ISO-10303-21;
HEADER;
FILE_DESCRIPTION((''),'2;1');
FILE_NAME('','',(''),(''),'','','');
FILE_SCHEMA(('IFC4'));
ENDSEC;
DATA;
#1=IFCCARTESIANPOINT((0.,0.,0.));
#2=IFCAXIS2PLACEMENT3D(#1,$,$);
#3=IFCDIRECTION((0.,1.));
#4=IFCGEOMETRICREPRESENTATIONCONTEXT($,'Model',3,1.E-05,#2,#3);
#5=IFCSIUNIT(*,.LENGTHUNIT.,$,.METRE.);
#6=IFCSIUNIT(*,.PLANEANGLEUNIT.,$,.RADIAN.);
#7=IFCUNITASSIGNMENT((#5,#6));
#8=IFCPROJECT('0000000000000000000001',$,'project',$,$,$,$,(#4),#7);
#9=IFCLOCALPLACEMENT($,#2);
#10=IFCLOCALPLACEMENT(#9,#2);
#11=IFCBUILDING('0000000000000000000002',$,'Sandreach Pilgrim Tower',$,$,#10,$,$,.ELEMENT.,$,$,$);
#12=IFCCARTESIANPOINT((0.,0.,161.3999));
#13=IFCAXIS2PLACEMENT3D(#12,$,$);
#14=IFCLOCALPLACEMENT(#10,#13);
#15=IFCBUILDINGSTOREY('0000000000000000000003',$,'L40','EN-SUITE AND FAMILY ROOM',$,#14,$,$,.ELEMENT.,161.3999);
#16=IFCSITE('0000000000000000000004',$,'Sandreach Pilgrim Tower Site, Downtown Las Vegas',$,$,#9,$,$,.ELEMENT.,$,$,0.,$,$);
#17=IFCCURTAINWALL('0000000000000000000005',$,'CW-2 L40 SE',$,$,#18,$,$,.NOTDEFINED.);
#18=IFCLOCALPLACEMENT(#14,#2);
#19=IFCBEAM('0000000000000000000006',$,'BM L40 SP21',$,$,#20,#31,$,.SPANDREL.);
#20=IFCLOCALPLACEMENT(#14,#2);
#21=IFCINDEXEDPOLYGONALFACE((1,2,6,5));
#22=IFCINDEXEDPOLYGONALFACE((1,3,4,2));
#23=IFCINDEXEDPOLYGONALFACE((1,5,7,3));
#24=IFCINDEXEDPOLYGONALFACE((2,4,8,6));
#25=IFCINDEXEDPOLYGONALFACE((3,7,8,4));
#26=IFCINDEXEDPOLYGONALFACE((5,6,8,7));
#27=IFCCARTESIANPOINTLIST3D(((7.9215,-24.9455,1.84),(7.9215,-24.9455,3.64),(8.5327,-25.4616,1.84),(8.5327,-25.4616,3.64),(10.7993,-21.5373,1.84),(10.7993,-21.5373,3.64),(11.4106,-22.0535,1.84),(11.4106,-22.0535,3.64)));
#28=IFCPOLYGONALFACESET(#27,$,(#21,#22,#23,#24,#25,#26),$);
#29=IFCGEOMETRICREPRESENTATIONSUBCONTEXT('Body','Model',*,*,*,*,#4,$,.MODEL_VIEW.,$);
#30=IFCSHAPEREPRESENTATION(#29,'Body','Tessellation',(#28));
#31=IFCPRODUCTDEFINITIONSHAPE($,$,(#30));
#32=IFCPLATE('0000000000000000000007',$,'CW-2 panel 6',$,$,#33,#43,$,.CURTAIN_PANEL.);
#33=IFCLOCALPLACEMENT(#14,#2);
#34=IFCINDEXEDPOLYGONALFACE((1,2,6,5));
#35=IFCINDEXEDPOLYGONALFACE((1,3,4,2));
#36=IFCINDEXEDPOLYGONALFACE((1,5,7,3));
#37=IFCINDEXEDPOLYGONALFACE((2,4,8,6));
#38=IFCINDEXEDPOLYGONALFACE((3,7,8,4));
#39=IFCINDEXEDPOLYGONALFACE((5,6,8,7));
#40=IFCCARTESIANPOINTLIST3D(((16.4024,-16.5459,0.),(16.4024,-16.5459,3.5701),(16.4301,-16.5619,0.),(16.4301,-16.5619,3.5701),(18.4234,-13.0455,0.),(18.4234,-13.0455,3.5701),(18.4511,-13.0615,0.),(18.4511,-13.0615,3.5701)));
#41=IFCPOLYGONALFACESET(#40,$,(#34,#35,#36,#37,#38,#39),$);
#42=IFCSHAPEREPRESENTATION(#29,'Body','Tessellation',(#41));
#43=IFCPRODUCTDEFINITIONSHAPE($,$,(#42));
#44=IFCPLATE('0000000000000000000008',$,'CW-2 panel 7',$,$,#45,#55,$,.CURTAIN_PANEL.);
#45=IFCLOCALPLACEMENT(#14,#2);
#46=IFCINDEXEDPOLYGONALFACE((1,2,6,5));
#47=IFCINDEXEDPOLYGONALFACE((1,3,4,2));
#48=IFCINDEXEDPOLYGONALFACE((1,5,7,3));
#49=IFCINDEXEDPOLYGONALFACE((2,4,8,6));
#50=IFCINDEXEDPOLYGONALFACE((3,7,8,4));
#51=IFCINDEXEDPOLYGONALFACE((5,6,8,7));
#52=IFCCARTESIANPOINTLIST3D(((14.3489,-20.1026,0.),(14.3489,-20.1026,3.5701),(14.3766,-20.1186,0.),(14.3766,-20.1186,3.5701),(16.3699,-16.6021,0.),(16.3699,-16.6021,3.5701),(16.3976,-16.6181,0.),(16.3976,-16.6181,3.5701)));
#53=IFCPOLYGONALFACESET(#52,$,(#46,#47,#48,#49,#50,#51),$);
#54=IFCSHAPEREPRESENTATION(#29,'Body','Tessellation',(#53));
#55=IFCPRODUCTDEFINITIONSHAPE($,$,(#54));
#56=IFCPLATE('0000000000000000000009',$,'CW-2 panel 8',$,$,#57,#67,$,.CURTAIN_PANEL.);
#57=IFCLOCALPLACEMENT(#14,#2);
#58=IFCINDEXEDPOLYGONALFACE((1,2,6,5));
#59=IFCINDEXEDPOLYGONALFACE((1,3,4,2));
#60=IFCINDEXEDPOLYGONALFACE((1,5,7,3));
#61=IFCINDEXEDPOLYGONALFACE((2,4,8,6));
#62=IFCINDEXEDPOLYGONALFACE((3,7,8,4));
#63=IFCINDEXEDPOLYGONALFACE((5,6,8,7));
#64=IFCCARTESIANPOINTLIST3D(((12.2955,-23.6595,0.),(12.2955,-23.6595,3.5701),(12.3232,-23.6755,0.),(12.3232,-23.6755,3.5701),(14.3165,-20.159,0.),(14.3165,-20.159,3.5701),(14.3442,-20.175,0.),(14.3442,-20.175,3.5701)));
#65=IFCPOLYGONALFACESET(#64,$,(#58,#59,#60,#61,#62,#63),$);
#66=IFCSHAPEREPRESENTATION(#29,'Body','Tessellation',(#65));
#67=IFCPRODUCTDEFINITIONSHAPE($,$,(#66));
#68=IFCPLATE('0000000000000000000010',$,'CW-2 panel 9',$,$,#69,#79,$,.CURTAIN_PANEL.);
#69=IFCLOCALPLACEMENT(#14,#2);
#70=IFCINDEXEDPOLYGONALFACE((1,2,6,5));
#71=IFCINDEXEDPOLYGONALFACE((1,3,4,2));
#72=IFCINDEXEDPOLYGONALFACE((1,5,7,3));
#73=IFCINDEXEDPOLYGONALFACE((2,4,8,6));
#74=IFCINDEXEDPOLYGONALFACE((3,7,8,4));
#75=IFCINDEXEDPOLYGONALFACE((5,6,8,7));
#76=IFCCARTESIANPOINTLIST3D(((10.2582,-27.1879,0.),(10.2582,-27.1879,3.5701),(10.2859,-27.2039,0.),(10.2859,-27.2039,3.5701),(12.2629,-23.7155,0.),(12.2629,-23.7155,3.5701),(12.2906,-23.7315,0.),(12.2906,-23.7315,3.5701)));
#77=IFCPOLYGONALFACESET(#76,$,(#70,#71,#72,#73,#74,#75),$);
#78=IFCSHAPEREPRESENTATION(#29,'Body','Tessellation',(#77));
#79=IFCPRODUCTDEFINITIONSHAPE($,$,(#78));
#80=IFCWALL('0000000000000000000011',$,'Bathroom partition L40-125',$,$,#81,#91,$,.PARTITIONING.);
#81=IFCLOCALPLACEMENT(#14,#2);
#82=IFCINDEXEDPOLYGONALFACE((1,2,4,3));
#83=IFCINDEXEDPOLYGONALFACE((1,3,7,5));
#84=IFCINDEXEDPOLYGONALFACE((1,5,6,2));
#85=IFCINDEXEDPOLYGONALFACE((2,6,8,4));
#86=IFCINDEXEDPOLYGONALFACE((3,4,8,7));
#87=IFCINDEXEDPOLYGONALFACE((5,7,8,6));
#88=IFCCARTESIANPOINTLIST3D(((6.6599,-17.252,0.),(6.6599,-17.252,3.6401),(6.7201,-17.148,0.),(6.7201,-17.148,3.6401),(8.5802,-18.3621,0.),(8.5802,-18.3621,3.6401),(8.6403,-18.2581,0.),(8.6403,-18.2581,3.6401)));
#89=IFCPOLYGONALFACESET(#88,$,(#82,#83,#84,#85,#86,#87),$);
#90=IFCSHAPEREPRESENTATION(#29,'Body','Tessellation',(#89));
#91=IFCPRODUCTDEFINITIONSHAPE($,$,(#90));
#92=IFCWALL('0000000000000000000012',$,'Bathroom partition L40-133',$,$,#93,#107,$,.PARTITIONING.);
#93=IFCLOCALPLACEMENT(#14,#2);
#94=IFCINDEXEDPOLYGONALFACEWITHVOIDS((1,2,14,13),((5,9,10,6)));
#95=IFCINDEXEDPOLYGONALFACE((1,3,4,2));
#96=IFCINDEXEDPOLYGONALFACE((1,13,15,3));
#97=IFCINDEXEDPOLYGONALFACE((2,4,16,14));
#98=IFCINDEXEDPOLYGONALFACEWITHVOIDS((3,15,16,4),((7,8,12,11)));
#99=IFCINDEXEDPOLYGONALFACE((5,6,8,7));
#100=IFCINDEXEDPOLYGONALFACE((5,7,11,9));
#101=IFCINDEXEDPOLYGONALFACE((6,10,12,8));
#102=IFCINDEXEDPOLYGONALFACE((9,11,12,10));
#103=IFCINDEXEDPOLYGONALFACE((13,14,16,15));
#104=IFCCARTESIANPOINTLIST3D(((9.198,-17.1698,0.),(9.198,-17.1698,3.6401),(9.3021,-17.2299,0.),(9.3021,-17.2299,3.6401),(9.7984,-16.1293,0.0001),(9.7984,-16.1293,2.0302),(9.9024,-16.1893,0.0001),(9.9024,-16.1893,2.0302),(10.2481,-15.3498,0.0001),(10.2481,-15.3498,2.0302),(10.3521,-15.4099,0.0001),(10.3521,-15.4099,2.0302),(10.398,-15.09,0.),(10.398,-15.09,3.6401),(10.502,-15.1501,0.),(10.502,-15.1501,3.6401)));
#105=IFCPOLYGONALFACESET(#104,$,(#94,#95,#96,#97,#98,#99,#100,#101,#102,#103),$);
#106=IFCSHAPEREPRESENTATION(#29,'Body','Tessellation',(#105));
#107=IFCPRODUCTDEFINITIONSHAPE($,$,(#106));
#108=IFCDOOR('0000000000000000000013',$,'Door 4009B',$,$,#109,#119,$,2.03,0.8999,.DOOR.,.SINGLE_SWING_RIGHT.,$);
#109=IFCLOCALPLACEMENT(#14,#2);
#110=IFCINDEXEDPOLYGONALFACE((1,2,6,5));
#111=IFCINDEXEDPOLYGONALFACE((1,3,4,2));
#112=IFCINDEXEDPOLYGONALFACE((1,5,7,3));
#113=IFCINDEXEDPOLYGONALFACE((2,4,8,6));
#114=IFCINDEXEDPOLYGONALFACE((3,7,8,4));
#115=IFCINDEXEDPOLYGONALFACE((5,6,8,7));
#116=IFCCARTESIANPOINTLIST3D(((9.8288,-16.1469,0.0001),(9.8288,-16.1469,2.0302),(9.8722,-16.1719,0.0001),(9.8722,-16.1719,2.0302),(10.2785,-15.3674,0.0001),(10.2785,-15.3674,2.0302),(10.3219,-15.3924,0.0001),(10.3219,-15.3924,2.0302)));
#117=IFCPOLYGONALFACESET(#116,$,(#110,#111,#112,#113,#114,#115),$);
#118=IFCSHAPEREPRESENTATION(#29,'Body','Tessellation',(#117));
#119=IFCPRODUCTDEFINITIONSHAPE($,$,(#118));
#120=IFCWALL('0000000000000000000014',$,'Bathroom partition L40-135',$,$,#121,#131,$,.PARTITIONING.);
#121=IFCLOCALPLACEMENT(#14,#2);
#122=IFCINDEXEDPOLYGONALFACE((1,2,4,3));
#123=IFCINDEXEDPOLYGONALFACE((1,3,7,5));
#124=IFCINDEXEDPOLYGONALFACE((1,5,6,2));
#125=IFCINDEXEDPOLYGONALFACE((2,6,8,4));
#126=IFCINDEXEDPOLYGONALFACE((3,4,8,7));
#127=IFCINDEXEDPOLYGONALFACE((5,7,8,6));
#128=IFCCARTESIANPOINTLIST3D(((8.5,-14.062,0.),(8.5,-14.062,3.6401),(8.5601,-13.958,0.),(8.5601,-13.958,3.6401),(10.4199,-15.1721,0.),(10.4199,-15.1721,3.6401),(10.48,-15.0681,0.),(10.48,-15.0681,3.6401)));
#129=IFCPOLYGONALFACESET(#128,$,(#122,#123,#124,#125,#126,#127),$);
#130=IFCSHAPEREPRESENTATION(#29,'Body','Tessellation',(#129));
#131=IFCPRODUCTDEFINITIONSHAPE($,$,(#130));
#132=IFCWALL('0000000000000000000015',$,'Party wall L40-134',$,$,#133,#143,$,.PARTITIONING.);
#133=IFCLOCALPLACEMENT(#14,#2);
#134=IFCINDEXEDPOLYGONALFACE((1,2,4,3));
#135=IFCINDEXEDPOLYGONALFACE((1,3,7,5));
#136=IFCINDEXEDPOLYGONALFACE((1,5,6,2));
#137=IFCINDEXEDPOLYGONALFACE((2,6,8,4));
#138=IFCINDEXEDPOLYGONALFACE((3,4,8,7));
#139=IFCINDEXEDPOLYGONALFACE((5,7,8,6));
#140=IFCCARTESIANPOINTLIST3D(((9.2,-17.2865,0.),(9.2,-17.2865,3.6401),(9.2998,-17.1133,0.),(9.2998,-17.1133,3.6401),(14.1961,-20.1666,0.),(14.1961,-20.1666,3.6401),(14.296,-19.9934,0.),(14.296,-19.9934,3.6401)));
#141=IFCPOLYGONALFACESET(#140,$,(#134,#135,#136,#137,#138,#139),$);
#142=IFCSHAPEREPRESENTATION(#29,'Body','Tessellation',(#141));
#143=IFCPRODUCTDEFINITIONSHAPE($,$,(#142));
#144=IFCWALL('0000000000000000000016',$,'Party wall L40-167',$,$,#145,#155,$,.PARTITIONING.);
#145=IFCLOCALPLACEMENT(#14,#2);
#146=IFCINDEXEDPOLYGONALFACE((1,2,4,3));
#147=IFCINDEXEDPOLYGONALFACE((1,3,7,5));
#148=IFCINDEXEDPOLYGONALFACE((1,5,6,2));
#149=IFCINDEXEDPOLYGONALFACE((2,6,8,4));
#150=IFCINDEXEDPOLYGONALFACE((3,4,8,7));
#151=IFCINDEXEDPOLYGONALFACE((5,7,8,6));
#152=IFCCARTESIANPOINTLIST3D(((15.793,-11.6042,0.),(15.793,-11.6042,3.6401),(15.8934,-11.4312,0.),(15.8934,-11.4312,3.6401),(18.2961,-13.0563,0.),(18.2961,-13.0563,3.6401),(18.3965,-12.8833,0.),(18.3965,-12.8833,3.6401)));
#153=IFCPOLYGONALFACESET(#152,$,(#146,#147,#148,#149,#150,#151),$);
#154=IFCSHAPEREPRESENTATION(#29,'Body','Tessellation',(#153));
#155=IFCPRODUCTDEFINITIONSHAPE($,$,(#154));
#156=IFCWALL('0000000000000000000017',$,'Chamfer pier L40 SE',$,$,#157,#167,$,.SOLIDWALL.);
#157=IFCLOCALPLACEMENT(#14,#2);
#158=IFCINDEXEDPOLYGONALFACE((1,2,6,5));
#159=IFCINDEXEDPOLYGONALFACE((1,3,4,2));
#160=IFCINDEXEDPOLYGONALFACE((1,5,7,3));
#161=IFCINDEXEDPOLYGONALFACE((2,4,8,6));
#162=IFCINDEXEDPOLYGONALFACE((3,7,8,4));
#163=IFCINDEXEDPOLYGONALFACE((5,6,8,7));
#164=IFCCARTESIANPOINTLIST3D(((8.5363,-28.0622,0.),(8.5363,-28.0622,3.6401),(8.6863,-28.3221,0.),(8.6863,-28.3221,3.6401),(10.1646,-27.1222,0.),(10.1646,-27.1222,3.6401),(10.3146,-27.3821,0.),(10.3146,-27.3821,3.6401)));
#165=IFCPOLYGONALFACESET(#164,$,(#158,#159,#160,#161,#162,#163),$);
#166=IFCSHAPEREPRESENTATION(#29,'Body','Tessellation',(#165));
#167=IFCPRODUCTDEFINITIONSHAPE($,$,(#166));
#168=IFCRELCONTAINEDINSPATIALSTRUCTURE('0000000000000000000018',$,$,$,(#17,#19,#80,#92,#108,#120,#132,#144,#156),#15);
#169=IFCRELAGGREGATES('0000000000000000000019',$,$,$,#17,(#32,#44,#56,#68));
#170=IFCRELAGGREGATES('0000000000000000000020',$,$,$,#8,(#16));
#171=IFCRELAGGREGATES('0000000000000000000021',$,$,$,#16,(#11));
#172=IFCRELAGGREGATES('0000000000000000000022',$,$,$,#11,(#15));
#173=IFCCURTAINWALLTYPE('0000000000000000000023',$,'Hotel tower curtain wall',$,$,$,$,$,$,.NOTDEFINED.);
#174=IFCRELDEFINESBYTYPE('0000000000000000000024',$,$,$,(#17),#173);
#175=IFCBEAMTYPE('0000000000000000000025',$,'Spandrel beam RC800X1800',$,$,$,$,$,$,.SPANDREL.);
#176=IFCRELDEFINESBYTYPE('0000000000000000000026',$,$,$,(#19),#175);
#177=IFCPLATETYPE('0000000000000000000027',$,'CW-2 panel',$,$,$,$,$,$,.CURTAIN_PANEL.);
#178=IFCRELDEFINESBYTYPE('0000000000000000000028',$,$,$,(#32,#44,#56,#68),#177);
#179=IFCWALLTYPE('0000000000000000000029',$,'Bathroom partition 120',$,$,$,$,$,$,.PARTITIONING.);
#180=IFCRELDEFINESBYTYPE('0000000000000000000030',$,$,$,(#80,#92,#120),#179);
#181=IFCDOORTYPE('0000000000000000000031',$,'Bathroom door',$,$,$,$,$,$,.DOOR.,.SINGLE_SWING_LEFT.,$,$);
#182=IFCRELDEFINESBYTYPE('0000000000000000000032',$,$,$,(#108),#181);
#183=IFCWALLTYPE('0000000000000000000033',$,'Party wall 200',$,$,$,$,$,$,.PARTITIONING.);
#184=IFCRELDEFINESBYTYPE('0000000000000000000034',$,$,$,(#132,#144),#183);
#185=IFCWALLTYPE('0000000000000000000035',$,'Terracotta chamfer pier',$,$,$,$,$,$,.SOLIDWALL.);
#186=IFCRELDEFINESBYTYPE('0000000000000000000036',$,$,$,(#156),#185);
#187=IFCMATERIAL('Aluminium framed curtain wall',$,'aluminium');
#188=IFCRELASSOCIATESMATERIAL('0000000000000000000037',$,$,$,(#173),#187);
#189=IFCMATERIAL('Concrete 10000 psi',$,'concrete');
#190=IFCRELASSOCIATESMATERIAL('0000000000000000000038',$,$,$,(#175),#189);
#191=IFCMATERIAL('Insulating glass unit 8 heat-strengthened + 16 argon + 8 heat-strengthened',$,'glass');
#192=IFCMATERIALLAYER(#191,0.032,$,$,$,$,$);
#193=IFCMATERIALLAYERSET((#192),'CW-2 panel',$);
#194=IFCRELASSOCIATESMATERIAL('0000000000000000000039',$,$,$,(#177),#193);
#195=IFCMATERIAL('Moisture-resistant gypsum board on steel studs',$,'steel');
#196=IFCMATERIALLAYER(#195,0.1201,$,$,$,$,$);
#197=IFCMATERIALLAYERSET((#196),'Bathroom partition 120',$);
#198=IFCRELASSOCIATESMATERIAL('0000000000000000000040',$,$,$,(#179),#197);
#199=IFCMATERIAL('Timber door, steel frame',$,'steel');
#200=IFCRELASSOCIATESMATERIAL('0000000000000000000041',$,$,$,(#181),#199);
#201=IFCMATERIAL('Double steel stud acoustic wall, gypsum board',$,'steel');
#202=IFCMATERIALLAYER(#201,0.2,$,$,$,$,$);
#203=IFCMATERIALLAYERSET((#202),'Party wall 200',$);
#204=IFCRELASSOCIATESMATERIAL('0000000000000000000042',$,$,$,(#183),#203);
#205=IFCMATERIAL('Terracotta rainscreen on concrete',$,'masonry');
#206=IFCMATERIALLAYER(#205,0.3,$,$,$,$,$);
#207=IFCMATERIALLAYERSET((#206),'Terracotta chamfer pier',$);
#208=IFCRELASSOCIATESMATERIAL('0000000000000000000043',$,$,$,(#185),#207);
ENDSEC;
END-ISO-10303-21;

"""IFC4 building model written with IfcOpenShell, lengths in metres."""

from ifc_helpers import new_model, si_unit, direction, frame, frame_2d, origin, origin_2d, place, context, subcontext, project, spatial, rectangle, extrude, material, layer, layer_set, material_profile, profile_set, type_object, element, fill, aggregate, save


model = new_model("IFC4")

# Units and contexts
model_context = context("Model", 3, precision=1e-05, world=origin(), true_north=direction((0.0, 1.0)))
body_context = subcontext(model_context, "Body", "Model", "MODEL_VIEW")
ifc_project = project(units=[si_unit("LENGTHUNIT", "METRE"), si_unit("PLANEANGLEUNIT", "RADIAN")], contexts=[model_context])

# Site, building, storey
site_placement = place(None, origin())
site = spatial("IfcSite", under=ifc_project, at=site_placement, Name="Sandreach Pilgrim Tower Site, Downtown Las Vegas", CompositionType="ELEMENT", RefElevation=0.0)
building_placement = place(site_placement, origin())
building = spatial("IfcBuilding", under=site, at=building_placement, Name="Sandreach Pilgrim Tower", CompositionType="ELEMENT")
storey_placement = place(building_placement, frame((0.0, 0.0, 161.3999)))
storey = spatial("IfcBuildingStorey", under=building, at=storey_placement, Name="L40", Description="EN-SUITE AND FAMILY ROOM", CompositionType="ELEMENT", Elevation=161.3999)

# Curtain wall
ifc_material_1 = material(Name="Aluminium framed curtain wall", Category="aluminium")
curtain_wall_type = type_object("IfcCurtainWallType", Name="Hotel tower curtain wall", PredefinedType="NOTDEFINED", material=ifc_material_1)
curtain_wall_1_placement = place(storey_placement, origin())
curtain_wall_1 = element("IfcCurtainWall", 1, at=curtain_wall_1_placement, inside=storey, type_object=curtain_wall_type, Name="CW-2 L40 SE", PredefinedType="NOTDEFINED")

# Beam
ifc_material_2 = material(Name="Concrete 10000 psi", Category="concrete")
ifc_material_profile_1 = material_profile(ifc_material_2, rectangle(XDim=0.8, YDim=1.8, at=origin_2d()), Name="RC800X1800")
ifc_profile_set_1 = profile_set([ifc_material_profile_1], Name="Concrete 10000 psi")
beam_type_1 = type_object("IfcBeamType", Name="Spandrel beam RC800X1800", PredefinedType="SPANDREL", material=ifc_profile_set_1)
beam_1_placement = place(storey_placement, frame((11.105, -21.7954, 2.74), z_axis=(-0.645167, -0.764042, 0.0), x_axis=(0.764042, -0.645167, 0.0)))
element("IfcBeam", 2, at=beam_1_placement, inside=storey, type_object=beam_type_1, Name="BM L40 SP21", PredefinedType="SPANDREL", context=body_context, shape_type="SweptSolid", body=[
    extrude(rectangle(XDim=0.8, YDim=1.8, at=origin_2d()), origin(), (0.0, 0.0, 1.0), 4.4607),
])

# Plates
ifc_material_3 = material(Name="Insulating glass unit 8 heat-strengthened + 16 argon + 8 heat-strengthened", Category="glass")
ifc_layer_1 = layer(ifc_material_3, 0.032)
ifc_layer_set_1 = layer_set([ifc_layer_1], Name="CW-2 panel")
plate_type = type_object("IfcPlateType", Name="CW-2 panel", PredefinedType="CURTAIN_PANEL", material=ifc_layer_set_1)
plate_1_placement = place(storey_placement, frame((17.4268, -14.8037, 0.0), z_axis=(0.0, 0.0, 1.0), x_axis=(-0.5, -0.866025, 0.0)))
plate_1 = element("IfcPlate", 3, at=plate_1_placement, type_object=plate_type, Name="CW-2 panel 6", PredefinedType="CURTAIN_PANEL", context=body_context, shape_type="SweptSolid", body=[
    extrude(rectangle(XDim=4.042, YDim=0.032, at=origin_2d()), origin(), (0.0, 0.0, 1.0), 3.5701),
])
plate_2_placement = place(storey_placement, frame((15.3733, -18.3604, 0.0), z_axis=(0.0, 0.0, 1.0), x_axis=(-0.5, -0.866025, 0.0)))
plate_2 = element("IfcPlate", 4, at=plate_2_placement, type_object=plate_type, Name="CW-2 panel 7", PredefinedType="CURTAIN_PANEL", context=body_context, shape_type="SweptSolid", body=[
    extrude(rectangle(XDim=4.042, YDim=0.032, at=origin_2d()), origin(), (0.0, 0.0, 1.0), 3.5701),
])
plate_3_placement = place(storey_placement, frame((13.3198, -21.9172, 0.0), z_axis=(0.0, 0.0, 1.0), x_axis=(-0.5, -0.866025, 0.0)))
plate_3 = element("IfcPlate", 5, at=plate_3_placement, type_object=plate_type, Name="CW-2 panel 8", PredefinedType="CURTAIN_PANEL", context=body_context, shape_type="SweptSolid", body=[
    extrude(rectangle(XDim=4.042, YDim=0.032, at=origin_2d()), origin(), (0.0, 0.0, 1.0), 3.5701),
])
plate_4_placement = place(storey_placement, frame((11.2744, -25.4597, 0.0), z_axis=(0.0, 0.0, 1.0), x_axis=(-0.5, -0.866025, 0.0)))
plate_4 = element("IfcPlate", 6, at=plate_4_placement, type_object=plate_type, Name="CW-2 panel 9", PredefinedType="CURTAIN_PANEL", context=body_context, shape_type="SweptSolid", body=[
    extrude(rectangle(XDim=4.0095, YDim=0.032, at=origin_2d()), origin(), (0.0, 0.0, 1.0), 3.5701),
])
aggregate(curtain_wall_1, [plate_1, plate_2, plate_3, plate_4])

# Wall
ifc_material_4 = material(Name="Moisture-resistant gypsum board on steel studs", Category="steel")
ifc_layer_2 = layer(ifc_material_4, 0.1201)
ifc_layer_set_2 = layer_set([ifc_layer_2], Name="Bathroom partition 120")
wall_type_1 = type_object("IfcWallType", Name="Bathroom partition 120", PredefinedType="PARTITIONING", material=ifc_layer_set_2)
wall_1_placement = place(storey_placement, frame((8.6101, -18.3101, 0.0), z_axis=(0.0, 0.0, 1.0), x_axis=(-0.865733, 0.500507, 0.0)))
element("IfcWall", 7, at=wall_1_placement, inside=storey, type_object=wall_type_1, Name="Bathroom partition L40-125", PredefinedType="PARTITIONING", context=body_context, shape_type="SweptSolid", body=[
    extrude(rectangle(XDim=2.218, YDim=0.1201, at=frame_2d((1.1089, 0.0))), origin(), (0.0, 0.0, 1.0), 3.6401),
])

# Wall, opening, door
wall_2_placement = place(storey_placement, frame((9.25, -17.2, 0.0), z_axis=(0.0, 0.0, 1.0), x_axis=(0.499737, 0.866177, 0.0)))
wall_2 = element("IfcWall", 8, at=wall_2_placement, inside=storey, type_object=wall_type_1, Name="Bathroom partition L40-133", PredefinedType="PARTITIONING", context=body_context, shape_type="SweptSolid", body=[
    extrude(rectangle(XDim=2.4011, YDim=0.1201, at=frame_2d((1.2007, 0.0))), origin(), (0.0, 0.0, 1.0), 3.6401),
])
opening_placement = place(wall_2_placement, frame((1.2014, 0.0, 0.0)))
opening = element("IfcOpeningElement", 9, at=opening_placement, cuts=wall_2, PredefinedType="OPENING", context=body_context, shape_type="SweptSolid", body=[
    extrude(rectangle(XDim=0.8999, YDim=2.03, at=frame_2d((0.45, 1.0151))), frame((0.0, 0.0601, 0.0), z_axis=(0.0, -1.0, 0.0), x_axis=(1.0, 0.0, 0.0)), (0.0, 0.0, 1.0), 0.1201),
])
ifc_material_5 = material(Name="Timber door, steel frame", Category="steel")
door_type = type_object("IfcDoorType", Name="Bathroom door", OperationType="SINGLE_SWING_LEFT", PredefinedType="DOOR", material=ifc_material_5)
door_placement = place(opening_placement, origin())
door = element("IfcDoor", 10, at=door_placement, inside=storey, type_object=door_type, Name="Door 4009B", OperationType="SINGLE_SWING_RIGHT", OverallHeight=2.03, OverallWidth=0.8999, PredefinedType="DOOR", context=body_context, shape_type="SweptSolid", body=[
    extrude(rectangle(XDim=0.8999, YDim=2.03, at=frame_2d((0.45, 1.0151))), frame((0.0, 0.0249, 0.0), z_axis=(0.0, -1.0, 0.0), x_axis=(1.0, 0.0, 0.0)), (0.0, 0.0, 1.0), 0.05),
])
fill(opening, door)

# Walls
wall_3_placement = place(storey_placement, frame((10.45, -15.1201, 0.0), z_axis=(0.0, 0.0, 1.0), x_axis=(-0.865705, 0.500555, 0.0)))
element("IfcWall", 11, at=wall_3_placement, inside=storey, type_object=wall_type_1, Name="Bathroom partition L40-135", PredefinedType="PARTITIONING", context=body_context, shape_type="SweptSolid", body=[
    extrude(rectangle(XDim=2.2178, YDim=0.1201, at=frame_2d((1.1089, 0.0))), origin(), (0.0, 0.0, 1.0), 3.6401),
])
ifc_material_6 = material(Name="Double steel stud acoustic wall, gypsum board", Category="steel")
ifc_layer_3 = layer(ifc_material_6, 0.2)
ifc_layer_set_3 = layer_set([ifc_layer_3], Name="Party wall 200")
wall_type_2 = type_object("IfcWallType", Name="Party wall 200", PredefinedType="PARTITIONING", material=ifc_layer_set_3)
wall_4_placement = place(storey_placement, frame((9.25, -17.2, 0.0), z_axis=(0.0, 0.0, 1.0), x_axis=(0.866353, -0.499432, 0.0)))
element("IfcWall", 12, at=wall_4_placement, inside=storey, type_object=wall_type_2, Name="Party wall L40-134", PredefinedType="PARTITIONING", context=body_context, shape_type="SweptSolid", body=[
    extrude(rectangle(XDim=5.7668, YDim=0.2, at=frame_2d((2.8833, 0.0))), origin(), (0.0, 0.0, 1.0), 3.6401),
])
wall_5_placement = place(storey_placement, frame((18.3462, -12.9697, 0.0), z_axis=(0.0, 0.0, 1.0), x_axis=(-0.864985, 0.501798, 0.0)))
element("IfcWall", 13, at=wall_5_placement, inside=storey, type_object=wall_type_2, Name="Party wall L40-167", PredefinedType="PARTITIONING", context=body_context, shape_type="SweptSolid", body=[
    extrude(rectangle(XDim=2.8938, YDim=0.2, at=frame_2d((1.4468, 0.0))), origin(), (0.0, 0.0, 1.0), 3.6401),
])
ifc_material_7 = material(Name="Terracotta rainscreen on concrete", Category="masonry")
ifc_layer_4 = layer(ifc_material_7, 0.3)
ifc_layer_set_4 = layer_set([ifc_layer_4], Name="Terracotta chamfer pier")
wall_type_3 = type_object("IfcWallType", Name="Terracotta chamfer pier", PredefinedType="SOLIDWALL", material=ifc_layer_set_4)
wall_6_placement = place(storey_placement, frame((10.2395, -27.2522, 0.0), z_axis=(0.0, 0.0, 1.0), x_axis=(-0.866045, -0.499966, 0.0)))
element("IfcWall", 14, at=wall_6_placement, inside=storey, type_object=wall_type_3, Name="Chamfer pier L40 SE", PredefinedType="SOLIDWALL", context=body_context, shape_type="SweptSolid", body=[
    extrude(rectangle(XDim=1.8801, YDim=0.3, at=frame_2d((0.9399, 0.0))), origin(), (0.0, 0.0, 1.0), 3.6401),
])

save(model, "model.ifc")
